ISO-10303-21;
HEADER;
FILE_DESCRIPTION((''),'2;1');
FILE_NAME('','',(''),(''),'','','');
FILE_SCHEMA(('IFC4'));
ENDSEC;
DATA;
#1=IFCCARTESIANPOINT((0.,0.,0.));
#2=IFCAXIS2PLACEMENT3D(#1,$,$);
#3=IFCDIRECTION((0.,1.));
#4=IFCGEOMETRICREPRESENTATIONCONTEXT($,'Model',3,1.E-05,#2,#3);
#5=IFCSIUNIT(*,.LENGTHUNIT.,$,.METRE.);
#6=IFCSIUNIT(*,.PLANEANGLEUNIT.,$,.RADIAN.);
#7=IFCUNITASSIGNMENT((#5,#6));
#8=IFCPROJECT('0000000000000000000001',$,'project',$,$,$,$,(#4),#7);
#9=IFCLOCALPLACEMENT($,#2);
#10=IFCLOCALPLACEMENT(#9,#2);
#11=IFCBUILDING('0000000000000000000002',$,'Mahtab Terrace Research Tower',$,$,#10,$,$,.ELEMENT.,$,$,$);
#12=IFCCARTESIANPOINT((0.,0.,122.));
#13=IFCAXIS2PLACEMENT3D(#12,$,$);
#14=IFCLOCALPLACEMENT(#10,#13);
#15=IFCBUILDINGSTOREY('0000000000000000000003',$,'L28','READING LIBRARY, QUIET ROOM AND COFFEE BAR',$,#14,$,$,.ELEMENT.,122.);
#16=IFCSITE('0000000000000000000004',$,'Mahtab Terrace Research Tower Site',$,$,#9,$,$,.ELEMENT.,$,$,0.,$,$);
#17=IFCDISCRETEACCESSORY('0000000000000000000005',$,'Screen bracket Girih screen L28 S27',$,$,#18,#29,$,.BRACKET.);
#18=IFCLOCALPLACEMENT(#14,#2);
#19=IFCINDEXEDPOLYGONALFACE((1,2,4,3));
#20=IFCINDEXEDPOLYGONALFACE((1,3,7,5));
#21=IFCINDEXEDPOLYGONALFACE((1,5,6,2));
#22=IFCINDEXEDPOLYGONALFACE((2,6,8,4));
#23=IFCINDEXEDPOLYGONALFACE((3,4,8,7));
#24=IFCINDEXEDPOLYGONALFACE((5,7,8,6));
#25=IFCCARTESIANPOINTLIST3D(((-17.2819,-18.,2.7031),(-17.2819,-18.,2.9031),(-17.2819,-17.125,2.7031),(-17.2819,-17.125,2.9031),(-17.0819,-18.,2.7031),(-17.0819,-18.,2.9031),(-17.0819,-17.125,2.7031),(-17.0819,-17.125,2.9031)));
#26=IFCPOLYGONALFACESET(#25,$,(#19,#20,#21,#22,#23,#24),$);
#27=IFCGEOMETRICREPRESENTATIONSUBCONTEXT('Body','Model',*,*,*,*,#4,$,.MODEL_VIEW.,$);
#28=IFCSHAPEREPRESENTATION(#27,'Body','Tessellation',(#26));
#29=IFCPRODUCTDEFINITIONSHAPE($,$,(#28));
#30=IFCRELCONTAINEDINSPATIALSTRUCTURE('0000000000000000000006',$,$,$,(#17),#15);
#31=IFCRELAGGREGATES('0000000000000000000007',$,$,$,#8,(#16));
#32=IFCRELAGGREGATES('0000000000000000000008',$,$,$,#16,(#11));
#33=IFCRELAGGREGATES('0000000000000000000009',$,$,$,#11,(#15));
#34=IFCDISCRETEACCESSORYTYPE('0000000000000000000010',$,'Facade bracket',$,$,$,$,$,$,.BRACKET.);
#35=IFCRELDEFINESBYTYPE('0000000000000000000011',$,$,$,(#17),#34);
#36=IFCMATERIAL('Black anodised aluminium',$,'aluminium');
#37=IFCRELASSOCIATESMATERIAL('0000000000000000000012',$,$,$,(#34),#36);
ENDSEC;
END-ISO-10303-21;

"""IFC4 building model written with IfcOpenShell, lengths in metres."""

from ifc_helpers import new_model, si_unit, direction, frame, origin, origin_2d, place, context, subcontext, project, spatial, rectangle, extrude, material, type_object, element, save


model = new_model("IFC4")

# Units and contexts
model_context = context("Model", 3, precision=1e-05, world=origin(), true_north=direction((0.0, 1.0)))
body_context = subcontext(model_context, "Body", "Model", "MODEL_VIEW")
ifc_project = project(units=[si_unit("LENGTHUNIT", "METRE"), si_unit("PLANEANGLEUNIT", "RADIAN")], contexts=[model_context])

# Site, building, storey
site_placement = place(None, origin())
site = spatial("IfcSite", under=ifc_project, at=site_placement, Name="Mahtab Terrace Research Tower Site", CompositionType="ELEMENT", RefElevation=0.0)
building_placement = place(site_placement, origin())
building = spatial("IfcBuilding", under=site, at=building_placement, Name="Mahtab Terrace Research Tower", CompositionType="ELEMENT")
storey_placement = place(building_placement, frame((0.0, 0.0, 122.0)))
storey = spatial("IfcBuildingStorey", under=building, at=storey_placement, Name="L28", Description="READING LIBRARY, QUIET ROOM AND COFFEE BAR", CompositionType="ELEMENT", Elevation=122.0)

# Discrete accessory
ifc_material_1 = material(Name="Black anodised aluminium", Category="aluminium")
discrete_accessory_type = type_object("IfcDiscreteAccessoryType", Name="Facade bracket", PredefinedType="BRACKET", material=ifc_material_1)
for number, where, z_axis, x_axis, name in (
    (1, (-17.1819, -17.5625, 2.7031), (0.0, 0.0, 1.0), (1.0, 0.0, 0.0), "Screen bracket Girih screen L28 S27"),
):
    element("IfcDiscreteAccessory", number, at=place(storey_placement, frame(where, z_axis=z_axis, x_axis=x_axis)), inside=storey, type_object=discrete_accessory_type, Name=name, PredefinedType="BRACKET", context=body_context, shape_type="SweptSolid", body=[
        extrude(rectangle(XDim=0.2, YDim=0.875, at=origin_2d()), origin(), (0.0, 0.0, 1.0), 0.2),
    ])

save(model, "model.ifc")
